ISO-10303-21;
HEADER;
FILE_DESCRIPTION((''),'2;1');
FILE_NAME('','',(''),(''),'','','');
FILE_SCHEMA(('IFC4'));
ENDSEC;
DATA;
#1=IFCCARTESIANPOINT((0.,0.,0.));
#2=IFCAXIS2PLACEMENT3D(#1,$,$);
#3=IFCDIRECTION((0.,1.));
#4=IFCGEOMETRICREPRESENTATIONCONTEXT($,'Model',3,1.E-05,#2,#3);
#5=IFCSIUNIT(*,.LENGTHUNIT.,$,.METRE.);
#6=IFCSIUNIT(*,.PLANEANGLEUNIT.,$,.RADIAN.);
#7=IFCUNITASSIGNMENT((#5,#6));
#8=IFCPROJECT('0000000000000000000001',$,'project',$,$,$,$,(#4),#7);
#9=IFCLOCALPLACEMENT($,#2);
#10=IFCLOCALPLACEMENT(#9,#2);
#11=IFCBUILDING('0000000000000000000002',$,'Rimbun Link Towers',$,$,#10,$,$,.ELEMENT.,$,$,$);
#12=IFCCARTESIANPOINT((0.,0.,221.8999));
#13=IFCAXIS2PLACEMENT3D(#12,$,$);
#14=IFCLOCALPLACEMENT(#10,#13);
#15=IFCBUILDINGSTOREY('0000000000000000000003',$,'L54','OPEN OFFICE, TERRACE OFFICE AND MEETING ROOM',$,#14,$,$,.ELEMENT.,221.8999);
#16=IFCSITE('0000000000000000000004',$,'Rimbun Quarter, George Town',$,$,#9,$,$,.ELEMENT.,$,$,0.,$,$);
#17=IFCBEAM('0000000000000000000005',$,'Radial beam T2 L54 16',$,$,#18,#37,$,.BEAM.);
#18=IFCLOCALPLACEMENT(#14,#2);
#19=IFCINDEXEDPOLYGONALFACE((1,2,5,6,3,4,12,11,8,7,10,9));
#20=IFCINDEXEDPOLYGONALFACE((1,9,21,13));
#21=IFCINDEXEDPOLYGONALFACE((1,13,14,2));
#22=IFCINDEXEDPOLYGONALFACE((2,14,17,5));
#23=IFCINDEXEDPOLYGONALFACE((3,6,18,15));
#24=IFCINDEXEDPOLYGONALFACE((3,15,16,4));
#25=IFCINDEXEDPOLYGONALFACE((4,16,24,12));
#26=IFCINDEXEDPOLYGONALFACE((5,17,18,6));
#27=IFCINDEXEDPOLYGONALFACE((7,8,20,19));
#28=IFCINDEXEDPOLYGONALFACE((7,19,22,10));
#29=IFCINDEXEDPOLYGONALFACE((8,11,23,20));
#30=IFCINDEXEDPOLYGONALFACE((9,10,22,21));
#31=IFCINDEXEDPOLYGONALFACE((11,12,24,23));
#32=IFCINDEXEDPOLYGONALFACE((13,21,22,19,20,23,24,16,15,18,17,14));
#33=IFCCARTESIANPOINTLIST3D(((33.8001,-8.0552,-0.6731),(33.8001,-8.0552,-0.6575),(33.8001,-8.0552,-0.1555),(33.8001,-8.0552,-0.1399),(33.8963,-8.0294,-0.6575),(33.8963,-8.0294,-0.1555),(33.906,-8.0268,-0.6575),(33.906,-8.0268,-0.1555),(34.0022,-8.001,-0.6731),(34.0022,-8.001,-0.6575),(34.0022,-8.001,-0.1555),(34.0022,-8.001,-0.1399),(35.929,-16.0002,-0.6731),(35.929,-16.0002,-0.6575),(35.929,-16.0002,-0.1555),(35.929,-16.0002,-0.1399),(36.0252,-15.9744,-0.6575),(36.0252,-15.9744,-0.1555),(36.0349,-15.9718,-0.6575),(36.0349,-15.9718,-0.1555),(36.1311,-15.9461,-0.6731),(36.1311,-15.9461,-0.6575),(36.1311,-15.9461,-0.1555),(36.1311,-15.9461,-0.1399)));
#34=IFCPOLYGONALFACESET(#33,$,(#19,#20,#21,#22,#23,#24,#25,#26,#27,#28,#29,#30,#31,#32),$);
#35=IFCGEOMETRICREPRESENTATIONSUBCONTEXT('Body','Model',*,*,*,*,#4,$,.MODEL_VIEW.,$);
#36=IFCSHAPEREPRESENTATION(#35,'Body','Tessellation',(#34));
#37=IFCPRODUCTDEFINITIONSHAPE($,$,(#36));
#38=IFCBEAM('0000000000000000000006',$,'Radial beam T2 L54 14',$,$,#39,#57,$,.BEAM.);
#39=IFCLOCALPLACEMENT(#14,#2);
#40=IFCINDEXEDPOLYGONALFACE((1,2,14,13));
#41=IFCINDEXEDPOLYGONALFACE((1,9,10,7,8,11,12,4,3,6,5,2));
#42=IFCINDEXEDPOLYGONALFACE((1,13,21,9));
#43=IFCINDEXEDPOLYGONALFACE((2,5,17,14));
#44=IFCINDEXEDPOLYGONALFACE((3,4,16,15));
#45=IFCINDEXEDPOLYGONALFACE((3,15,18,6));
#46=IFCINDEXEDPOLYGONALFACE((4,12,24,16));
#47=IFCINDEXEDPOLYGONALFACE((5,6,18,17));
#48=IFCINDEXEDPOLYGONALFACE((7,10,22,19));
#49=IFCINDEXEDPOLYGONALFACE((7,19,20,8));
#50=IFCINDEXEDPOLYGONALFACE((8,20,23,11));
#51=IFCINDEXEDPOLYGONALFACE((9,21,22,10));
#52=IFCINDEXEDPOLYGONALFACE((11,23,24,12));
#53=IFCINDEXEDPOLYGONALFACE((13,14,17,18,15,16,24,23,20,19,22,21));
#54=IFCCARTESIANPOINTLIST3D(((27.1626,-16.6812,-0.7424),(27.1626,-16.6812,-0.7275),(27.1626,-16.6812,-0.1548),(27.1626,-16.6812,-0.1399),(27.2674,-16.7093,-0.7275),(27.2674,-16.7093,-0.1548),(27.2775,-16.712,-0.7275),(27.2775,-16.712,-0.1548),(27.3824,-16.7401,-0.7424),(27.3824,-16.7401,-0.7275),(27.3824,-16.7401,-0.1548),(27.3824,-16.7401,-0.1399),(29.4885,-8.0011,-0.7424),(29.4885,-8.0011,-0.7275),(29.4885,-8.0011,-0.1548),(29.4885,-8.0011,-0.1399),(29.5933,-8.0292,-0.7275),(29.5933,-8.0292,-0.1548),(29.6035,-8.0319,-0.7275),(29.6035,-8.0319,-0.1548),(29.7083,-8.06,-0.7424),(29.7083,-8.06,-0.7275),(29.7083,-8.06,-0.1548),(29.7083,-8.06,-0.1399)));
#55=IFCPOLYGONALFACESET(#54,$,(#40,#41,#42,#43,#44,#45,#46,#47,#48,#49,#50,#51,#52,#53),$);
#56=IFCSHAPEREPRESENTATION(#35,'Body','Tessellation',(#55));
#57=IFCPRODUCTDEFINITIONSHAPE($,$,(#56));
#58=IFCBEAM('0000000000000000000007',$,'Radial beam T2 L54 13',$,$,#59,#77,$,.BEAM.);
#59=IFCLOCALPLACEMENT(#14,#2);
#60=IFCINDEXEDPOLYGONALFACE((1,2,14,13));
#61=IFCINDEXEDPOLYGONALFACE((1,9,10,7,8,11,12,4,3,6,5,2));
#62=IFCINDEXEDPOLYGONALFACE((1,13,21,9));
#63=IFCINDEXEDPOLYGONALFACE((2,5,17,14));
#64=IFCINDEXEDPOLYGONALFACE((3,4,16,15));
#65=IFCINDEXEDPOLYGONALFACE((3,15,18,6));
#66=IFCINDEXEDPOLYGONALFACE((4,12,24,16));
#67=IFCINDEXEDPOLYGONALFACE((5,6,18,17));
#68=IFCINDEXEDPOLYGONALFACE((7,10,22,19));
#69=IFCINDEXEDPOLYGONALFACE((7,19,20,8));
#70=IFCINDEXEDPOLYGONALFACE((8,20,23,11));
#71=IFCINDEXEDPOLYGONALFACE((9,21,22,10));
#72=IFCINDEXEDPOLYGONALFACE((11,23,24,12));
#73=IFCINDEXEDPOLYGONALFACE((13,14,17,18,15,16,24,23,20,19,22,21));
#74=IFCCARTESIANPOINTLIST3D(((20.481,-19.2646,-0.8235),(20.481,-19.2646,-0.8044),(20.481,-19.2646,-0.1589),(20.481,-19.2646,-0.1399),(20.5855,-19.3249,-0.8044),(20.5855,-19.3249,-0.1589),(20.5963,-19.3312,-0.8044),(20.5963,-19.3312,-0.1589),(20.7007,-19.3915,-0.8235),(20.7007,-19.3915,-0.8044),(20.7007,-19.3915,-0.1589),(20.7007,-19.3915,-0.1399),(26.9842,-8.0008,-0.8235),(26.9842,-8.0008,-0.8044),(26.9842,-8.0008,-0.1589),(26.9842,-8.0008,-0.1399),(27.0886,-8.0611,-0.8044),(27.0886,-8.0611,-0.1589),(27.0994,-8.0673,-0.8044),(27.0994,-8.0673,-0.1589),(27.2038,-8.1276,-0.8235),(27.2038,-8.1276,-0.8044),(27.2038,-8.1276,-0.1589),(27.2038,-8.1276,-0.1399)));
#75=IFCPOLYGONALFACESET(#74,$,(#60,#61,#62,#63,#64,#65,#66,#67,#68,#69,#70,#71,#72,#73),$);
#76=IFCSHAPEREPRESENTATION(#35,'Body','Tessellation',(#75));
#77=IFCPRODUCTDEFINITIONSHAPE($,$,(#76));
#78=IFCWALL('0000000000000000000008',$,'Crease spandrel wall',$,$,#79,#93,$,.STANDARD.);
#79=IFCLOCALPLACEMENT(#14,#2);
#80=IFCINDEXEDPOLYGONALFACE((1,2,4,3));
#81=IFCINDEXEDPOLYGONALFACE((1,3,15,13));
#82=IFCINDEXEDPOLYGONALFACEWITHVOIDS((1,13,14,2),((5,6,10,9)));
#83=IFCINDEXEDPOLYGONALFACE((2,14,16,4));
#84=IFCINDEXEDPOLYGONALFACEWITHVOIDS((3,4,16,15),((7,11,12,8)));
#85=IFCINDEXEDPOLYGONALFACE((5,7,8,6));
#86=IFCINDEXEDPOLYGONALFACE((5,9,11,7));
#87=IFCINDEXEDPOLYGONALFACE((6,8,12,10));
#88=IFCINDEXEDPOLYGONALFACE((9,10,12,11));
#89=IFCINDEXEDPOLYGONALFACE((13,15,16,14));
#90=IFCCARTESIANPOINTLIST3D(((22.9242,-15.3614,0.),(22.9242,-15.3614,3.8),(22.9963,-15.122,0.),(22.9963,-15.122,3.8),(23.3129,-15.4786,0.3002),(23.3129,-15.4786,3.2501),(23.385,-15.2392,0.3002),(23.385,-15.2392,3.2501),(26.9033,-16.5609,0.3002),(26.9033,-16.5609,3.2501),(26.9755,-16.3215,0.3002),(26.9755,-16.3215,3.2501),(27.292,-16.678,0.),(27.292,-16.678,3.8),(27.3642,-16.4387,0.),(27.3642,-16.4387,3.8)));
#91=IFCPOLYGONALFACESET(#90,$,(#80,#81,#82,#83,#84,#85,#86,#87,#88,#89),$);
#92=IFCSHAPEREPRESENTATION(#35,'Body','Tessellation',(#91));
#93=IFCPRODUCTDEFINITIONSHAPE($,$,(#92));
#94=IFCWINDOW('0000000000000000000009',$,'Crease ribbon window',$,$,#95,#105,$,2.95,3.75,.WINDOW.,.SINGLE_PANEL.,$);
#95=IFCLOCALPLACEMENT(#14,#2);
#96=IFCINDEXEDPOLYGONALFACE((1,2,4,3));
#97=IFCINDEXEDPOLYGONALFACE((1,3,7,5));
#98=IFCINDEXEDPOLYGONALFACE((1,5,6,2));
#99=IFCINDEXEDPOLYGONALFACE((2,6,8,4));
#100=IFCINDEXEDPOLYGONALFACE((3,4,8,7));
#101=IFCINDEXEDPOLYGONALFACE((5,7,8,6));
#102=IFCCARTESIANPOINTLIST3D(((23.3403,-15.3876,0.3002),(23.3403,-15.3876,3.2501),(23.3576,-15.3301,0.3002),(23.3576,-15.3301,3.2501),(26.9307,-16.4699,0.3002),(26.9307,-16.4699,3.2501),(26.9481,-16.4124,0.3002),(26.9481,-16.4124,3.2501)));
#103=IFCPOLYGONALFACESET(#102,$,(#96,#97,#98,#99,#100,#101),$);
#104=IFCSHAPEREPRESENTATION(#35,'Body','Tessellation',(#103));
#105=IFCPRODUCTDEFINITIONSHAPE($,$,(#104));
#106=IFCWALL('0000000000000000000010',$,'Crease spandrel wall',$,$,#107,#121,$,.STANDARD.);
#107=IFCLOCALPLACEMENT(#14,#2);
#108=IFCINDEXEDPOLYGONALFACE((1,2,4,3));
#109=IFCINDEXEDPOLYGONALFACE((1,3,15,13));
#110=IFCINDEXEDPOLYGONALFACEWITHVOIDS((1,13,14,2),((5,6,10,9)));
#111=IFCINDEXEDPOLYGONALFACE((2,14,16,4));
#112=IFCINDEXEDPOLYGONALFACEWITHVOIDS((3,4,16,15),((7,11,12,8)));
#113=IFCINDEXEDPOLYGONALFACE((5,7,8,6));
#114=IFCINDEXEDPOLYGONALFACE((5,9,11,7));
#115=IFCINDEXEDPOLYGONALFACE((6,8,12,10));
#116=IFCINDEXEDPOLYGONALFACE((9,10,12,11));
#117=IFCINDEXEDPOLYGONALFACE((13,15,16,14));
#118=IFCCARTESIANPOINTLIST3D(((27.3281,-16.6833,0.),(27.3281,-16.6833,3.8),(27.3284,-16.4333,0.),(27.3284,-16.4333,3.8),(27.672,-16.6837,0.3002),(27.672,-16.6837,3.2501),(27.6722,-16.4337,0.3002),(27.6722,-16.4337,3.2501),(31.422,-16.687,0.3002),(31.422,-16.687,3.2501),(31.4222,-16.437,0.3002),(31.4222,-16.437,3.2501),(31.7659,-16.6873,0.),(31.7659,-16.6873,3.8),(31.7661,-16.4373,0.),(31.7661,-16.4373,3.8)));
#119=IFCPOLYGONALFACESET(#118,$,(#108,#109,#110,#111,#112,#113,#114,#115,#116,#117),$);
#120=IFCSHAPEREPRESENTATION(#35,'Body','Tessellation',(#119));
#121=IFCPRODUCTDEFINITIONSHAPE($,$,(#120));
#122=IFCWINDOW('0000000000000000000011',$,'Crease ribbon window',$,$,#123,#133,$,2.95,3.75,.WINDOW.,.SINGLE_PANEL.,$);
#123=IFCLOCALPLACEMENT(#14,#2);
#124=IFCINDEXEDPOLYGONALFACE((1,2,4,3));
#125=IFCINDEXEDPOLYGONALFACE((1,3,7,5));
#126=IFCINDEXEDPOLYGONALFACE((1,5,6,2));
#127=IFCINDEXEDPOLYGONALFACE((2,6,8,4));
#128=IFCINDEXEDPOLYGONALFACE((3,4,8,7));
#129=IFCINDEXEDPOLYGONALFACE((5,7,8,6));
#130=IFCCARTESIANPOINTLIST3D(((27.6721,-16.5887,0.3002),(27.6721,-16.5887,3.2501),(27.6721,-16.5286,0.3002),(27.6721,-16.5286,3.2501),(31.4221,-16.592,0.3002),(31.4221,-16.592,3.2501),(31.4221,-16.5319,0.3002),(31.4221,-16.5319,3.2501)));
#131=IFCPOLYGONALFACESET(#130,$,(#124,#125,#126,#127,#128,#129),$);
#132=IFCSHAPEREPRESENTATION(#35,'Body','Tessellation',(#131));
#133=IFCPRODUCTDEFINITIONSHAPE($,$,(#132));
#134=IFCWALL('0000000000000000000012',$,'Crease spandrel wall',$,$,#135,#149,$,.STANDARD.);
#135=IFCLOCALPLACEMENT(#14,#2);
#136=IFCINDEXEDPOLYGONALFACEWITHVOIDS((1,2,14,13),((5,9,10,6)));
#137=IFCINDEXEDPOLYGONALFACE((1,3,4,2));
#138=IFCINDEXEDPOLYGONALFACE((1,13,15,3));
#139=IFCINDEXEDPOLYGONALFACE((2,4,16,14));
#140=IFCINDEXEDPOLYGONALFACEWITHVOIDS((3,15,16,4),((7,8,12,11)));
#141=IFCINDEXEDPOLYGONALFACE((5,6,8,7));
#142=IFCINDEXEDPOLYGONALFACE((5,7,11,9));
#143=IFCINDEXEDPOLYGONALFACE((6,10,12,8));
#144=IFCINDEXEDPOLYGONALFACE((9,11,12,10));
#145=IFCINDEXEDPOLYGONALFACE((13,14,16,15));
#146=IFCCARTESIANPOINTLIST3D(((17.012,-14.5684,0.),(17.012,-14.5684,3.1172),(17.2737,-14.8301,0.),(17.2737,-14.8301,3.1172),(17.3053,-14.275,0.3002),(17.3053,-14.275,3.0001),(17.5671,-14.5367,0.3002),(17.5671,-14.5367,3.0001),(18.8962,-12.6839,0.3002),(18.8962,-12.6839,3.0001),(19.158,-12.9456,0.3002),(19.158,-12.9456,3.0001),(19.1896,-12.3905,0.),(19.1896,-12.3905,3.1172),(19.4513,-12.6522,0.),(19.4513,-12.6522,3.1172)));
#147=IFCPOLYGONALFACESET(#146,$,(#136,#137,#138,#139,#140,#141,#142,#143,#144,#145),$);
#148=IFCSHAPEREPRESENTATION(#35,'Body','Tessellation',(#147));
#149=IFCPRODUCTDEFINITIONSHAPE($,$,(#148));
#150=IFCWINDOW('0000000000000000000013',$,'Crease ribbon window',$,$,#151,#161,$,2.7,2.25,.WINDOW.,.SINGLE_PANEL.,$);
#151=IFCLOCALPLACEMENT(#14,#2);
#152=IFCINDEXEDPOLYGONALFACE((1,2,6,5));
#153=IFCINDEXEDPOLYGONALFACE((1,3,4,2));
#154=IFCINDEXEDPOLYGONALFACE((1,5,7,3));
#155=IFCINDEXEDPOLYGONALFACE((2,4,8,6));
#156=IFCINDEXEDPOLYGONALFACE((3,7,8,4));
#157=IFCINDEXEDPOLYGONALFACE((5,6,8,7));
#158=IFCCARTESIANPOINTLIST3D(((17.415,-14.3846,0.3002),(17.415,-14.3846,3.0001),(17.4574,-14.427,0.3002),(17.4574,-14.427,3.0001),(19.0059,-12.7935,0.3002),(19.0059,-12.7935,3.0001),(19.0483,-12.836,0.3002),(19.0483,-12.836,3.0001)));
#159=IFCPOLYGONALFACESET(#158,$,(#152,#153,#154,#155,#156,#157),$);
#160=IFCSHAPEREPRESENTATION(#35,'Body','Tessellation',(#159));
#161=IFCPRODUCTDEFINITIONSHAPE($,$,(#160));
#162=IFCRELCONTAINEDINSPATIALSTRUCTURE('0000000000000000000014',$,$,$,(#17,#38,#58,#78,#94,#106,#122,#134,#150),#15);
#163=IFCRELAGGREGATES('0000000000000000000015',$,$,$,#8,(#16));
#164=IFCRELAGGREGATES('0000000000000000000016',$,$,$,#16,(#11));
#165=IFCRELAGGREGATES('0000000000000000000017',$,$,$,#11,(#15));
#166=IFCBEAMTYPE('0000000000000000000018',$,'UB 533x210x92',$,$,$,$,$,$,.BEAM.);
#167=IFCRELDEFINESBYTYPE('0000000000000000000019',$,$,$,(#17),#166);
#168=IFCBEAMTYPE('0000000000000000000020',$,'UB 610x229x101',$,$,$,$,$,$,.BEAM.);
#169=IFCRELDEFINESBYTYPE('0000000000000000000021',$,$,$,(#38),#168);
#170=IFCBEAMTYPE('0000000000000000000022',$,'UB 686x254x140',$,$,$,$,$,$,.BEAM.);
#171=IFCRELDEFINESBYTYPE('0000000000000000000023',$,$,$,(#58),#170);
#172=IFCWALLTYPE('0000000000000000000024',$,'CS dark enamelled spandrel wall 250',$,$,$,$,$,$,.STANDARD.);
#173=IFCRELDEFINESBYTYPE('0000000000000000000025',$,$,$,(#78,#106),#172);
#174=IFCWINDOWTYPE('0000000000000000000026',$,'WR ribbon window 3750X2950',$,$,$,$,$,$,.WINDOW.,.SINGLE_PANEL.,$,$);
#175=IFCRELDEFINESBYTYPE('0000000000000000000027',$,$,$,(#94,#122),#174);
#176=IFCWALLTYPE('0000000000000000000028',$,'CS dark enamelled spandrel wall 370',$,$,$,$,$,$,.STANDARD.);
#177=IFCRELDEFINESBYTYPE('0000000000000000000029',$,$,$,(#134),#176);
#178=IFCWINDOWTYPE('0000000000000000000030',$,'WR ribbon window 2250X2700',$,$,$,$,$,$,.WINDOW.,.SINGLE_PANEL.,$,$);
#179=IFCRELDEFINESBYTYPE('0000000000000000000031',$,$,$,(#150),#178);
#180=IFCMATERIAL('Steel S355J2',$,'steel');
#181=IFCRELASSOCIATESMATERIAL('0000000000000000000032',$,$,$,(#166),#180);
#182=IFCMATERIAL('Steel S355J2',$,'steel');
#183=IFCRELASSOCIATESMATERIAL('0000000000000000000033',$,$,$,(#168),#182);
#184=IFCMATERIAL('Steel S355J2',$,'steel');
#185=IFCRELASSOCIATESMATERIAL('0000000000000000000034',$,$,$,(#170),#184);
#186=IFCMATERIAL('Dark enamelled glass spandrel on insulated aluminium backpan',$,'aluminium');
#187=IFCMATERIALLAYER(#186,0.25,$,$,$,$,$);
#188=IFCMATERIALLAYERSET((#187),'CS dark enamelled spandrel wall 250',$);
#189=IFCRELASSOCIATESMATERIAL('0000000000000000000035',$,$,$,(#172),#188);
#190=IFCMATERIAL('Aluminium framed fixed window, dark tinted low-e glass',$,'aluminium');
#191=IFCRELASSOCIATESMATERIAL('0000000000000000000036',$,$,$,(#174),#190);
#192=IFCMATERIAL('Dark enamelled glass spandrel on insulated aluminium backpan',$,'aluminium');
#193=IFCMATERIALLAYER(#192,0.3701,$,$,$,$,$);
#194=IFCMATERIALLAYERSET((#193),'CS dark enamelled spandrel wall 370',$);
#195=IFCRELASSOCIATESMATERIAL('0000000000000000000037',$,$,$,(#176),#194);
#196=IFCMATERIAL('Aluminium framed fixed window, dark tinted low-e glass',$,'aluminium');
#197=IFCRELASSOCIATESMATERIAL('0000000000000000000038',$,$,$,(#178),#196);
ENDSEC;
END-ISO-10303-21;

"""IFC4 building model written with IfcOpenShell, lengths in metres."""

from ifc_helpers import new_model, si_unit, direction, frame, frame_2d, origin, origin_2d, place, context, subcontext, project, spatial, rectangle, i_section, extrude, material, layer, layer_set, material_profile, profile_set, type_object, element, fill, save


model = new_model("IFC4")

# Units and contexts
model_context = context("Model", 3, precision=1e-05, world=origin(), true_north=direction((0.0, 1.0)))
body_context = subcontext(model_context, "Body", "Model", "MODEL_VIEW")
ifc_project = project(units=[si_unit("LENGTHUNIT", "METRE"), si_unit("PLANEANGLEUNIT", "RADIAN")], contexts=[model_context])

# Site, building, storey
site_placement = place(None, origin())
site = spatial("IfcSite", under=ifc_project, at=site_placement, Name="Rimbun Quarter, George Town", CompositionType="ELEMENT", RefElevation=0.0)
building_placement = place(site_placement, origin())
building = spatial("IfcBuilding", under=site, at=building_placement, Name="Rimbun Link Towers", CompositionType="ELEMENT")
storey_placement = place(building_placement, frame((0.0, 0.0, 221.8999)))
storey = spatial("IfcBuildingStorey", under=building, at=storey_placement, Name="L54", Description="OPEN OFFICE, TERRACE OFFICE AND MEETING ROOM", CompositionType="ELEMENT", Elevation=221.8999)

# Beams
ifc_material_1 = material(Name="Steel S355J2", Category="steel")
ifc_material_profile_1 = material_profile(ifc_material_1, i_section(OverallWidth=0.2092, OverallDepth=0.5332, WebThickness=0.01, FlangeThickness=0.0156, at=origin_2d()), Name="UB 533x210x92")
ifc_profile_set_1 = profile_set([ifc_material_profile_1], Name="Steel S355J2")
beam_type_1 = type_object("IfcBeamType", Name="UB 533x210x92", PredefinedType="BEAM", material=ifc_profile_set_1)
beam_1_placement = place(storey_placement, frame((33.9011, -8.0281, -0.4065), z_axis=(0.258823, -0.965925, 0.0), x_axis=(0.965925, 0.258823, 0.0)))
element("IfcBeam", 1, at=beam_1_placement, inside=storey, type_object=beam_type_1, Name="Radial beam T2 L54 16", PredefinedType="BEAM", context=body_context, shape_type="SweptSolid", body=[
    extrude(i_section(OverallWidth=0.2092, OverallDepth=0.5332, WebThickness=0.01, FlangeThickness=0.0156, at=origin_2d()), origin(), (0.0, 0.0, 1.0), 8.2253),
])
ifc_material_2 = material(Name="Steel S355J2", Category="steel")
ifc_material_profile_2 = material_profile(ifc_material_2, i_section(OverallWidth=0.2275, OverallDepth=0.6025, WebThickness=0.0105, FlangeThickness=0.0149, at=origin_2d()), Name="UB 610x229x101")
ifc_profile_set_2 = profile_set([ifc_material_profile_2], Name="Steel S355J2")
beam_type_2 = type_object("IfcBeamType", Name="UB 610x229x101", PredefinedType="BEAM", material=ifc_profile_set_2)
beam_2_placement = place(storey_placement, frame((29.5984, -8.0305, -0.4412), z_axis=(-0.258828, -0.965924, 0.0), x_axis=(0.965924, -0.258828, 0.0)))
element("IfcBeam", 2, at=beam_2_placement, inside=storey, type_object=beam_type_2, Name="Radial beam T2 L54 14", PredefinedType="BEAM", context=body_context, shape_type="SweptSolid", body=[
    extrude(i_section(OverallWidth=0.2275, OverallDepth=0.6025, WebThickness=0.0105, FlangeThickness=0.0149, at=origin_2d()), origin(), (0.0, 0.0, 1.0), 8.9863),
])
ifc_material_3 = material(Name="Steel S355J2", Category="steel")
ifc_material_profile_3 = material_profile(ifc_material_3, i_section(OverallWidth=0.2537, OverallDepth=0.6836, WebThickness=0.0125, FlangeThickness=0.019, at=origin_2d()), Name="UB 686x254x140")
ifc_profile_set_3 = profile_set([ifc_material_profile_3], Name="Steel S355J2")
beam_type_3 = type_object("IfcBeamType", Name="UB 686x254x140", PredefinedType="BEAM", material=ifc_profile_set_3)
beam_3_placement = place(storey_placement, frame((27.094, -8.0642, -0.4817), z_axis=(-0.499997, -0.866027, 0.0), x_axis=(0.866027, -0.499997, 0.0)))
element("IfcBeam", 3, at=beam_3_placement, inside=storey, type_object=beam_type_3, Name="Radial beam T2 L54 13", PredefinedType="BEAM", context=body_context, shape_type="SweptSolid", body=[
    extrude(i_section(OverallWidth=0.2537, OverallDepth=0.6836, WebThickness=0.0125, FlangeThickness=0.019, at=origin_2d()), origin(), (0.0, 0.0, 1.0), 13.0063),
])

# Shared definitions
ifc_material_4 = material(Name="Dark enamelled glass spandrel on insulated aluminium backpan", Category="aluminium")
ifc_layer_1 = layer(ifc_material_4, 0.25)
ifc_layer_set_1 = layer_set([ifc_layer_1], Name="CS dark enamelled spandrel wall 250")
wall_type_1 = type_object("IfcWallType", Name="CS dark enamelled spandrel wall 250", PredefinedType="STANDARD", material=ifc_layer_set_1)

# Walls, openings, windows
wall_1_placement = place(storey_placement, frame((27.3281, -16.5583, 0.0), z_axis=(0.0, 0.0, 1.0), x_axis=(-0.957447, 0.288609, 0.0)))
wall_1 = element("IfcWall", 4, at=wall_1_placement, inside=storey, type_object=wall_type_1, Name="Crease spandrel wall", PredefinedType="STANDARD", context=body_context, shape_type="SweptSolid", body=[
    extrude(rectangle(XDim=4.562, YDim=0.25, at=frame_2d((2.281, 0.0))), origin(), (0.0, 0.0, 1.0), 3.8),
])
opening_1_placement = place(wall_1_placement, frame((0.406, 0.0, 0.3)))
opening_1 = element("IfcOpeningElement", 5, at=opening_1_placement, cuts=wall_1, PredefinedType="OPENING", context=body_context, shape_type="SweptSolid", body=[
    extrude(rectangle(XDim=3.75, YDim=2.95, at=frame_2d((1.875, 1.4751))), frame((0.0, 0.135, 0.0), z_axis=(0.0, -1.0, 0.0), x_axis=(1.0, 0.0, 0.0)), (0.0, 0.0, 1.0), 0.27),
])
ifc_material_5 = material(Name="Aluminium framed fixed window, dark tinted low-e glass", Category="aluminium")
window_type_1 = type_object("IfcWindowType", Name="WR ribbon window 3750X2950", PartitioningType="SINGLE_PANEL", PredefinedType="WINDOW", material=ifc_material_5)
window_1_placement = place(opening_1_placement, origin())
window_1 = element("IfcWindow", 6, at=window_1_placement, inside=storey, type_object=window_type_1, Name="Crease ribbon window", OverallHeight=2.95, OverallWidth=3.75, PartitioningType="SINGLE_PANEL", PredefinedType="WINDOW", context=body_context, shape_type="SweptSolid", body=[
    extrude(rectangle(XDim=3.75, YDim=2.95, at=frame_2d((1.875, 1.4751))), frame((0.0, 0.03, 0.0), z_axis=(0.0, -1.0, 0.0), x_axis=(1.0, 0.0, 0.0)), (0.0, 0.0, 1.0), 0.0601),
])
fill(opening_1, window_1)
wall_2_placement = place(storey_placement, frame((31.7659, -16.5623, 0.0), z_axis=(0.0, 0.0, 1.0), x_axis=(-1.0, 0.00088, 0.0)))
wall_2 = element("IfcWall", 7, at=wall_2_placement, inside=storey, type_object=wall_type_1, Name="Crease spandrel wall", PredefinedType="STANDARD", context=body_context, shape_type="SweptSolid", body=[
    extrude(rectangle(XDim=4.4377, YDim=0.25, at=frame_2d((2.2188, 0.0))), origin(), (0.0, 0.0, 1.0), 3.8),
])
opening_2_placement = place(wall_2_placement, frame((0.3438, 0.0, 0.3)))
opening_2 = element("IfcOpeningElement", 8, at=opening_2_placement, cuts=wall_2, PredefinedType="OPENING", context=body_context, shape_type="SweptSolid", body=[
    extrude(rectangle(XDim=3.75, YDim=2.95, at=frame_2d((1.875, 1.4751))), frame((0.0, 0.135, 0.0), z_axis=(0.0, -1.0, 0.0), x_axis=(1.0, 0.0, 0.0)), (0.0, 0.0, 1.0), 0.27),
])
window_2_placement = place(opening_2_placement, origin())
window_2 = element("IfcWindow", 9, at=window_2_placement, inside=storey, type_object=window_type_1, Name="Crease ribbon window", OverallHeight=2.95, OverallWidth=3.75, PartitioningType="SINGLE_PANEL", PredefinedType="WINDOW", context=body_context, shape_type="SweptSolid", body=[
    extrude(rectangle(XDim=3.75, YDim=2.95, at=frame_2d((1.875, 1.4751))), frame((0.0, 0.03, 0.0), z_axis=(0.0, -1.0, 0.0), x_axis=(1.0, 0.0, 0.0)), (0.0, 0.0, 1.0), 0.0601),
])
fill(opening_2, window_2)
ifc_material_6 = material(Name="Dark enamelled glass spandrel on insulated aluminium backpan", Category="aluminium")
ifc_layer_2 = layer(ifc_material_6, 0.3701)
ifc_layer_set_2 = layer_set([ifc_layer_2], Name="CS dark enamelled spandrel wall 370")
wall_type_2 = type_object("IfcWallType", Name="CS dark enamelled spandrel wall 370", PredefinedType="STANDARD", material=ifc_layer_set_2)
wall_3_placement = place(storey_placement, frame((19.3206, -12.5212, 0.0), z_axis=(0.0, 0.0, 1.0), x_axis=(-0.707067, -0.707146, 0.0)))
wall_3 = element("IfcWall", 10, at=wall_3_placement, inside=storey, type_object=wall_type_2, Name="Crease spandrel wall", PredefinedType="STANDARD", context=body_context, shape_type="SweptSolid", body=[
    extrude(rectangle(XDim=3.0798, YDim=0.3701, at=frame_2d((1.54, 0.0))), origin(), (0.0, 0.0, 1.0), 3.1172),
])
opening_3_placement = place(wall_3_placement, frame((0.415, 0.0, 0.3)))
opening_3 = element("IfcOpeningElement", 11, at=opening_3_placement, cuts=wall_3, PredefinedType="OPENING", context=body_context, shape_type="SweptSolid", body=[
    extrude(rectangle(XDim=2.25, YDim=2.7, at=frame_2d((1.125, 1.3501))), frame((0.0, 0.1951, 0.0), z_axis=(0.0, -1.0, 0.0), x_axis=(1.0, 0.0, 0.0)), (0.0, 0.0, 1.0), 0.3901),
])
ifc_material_7 = material(Name="Aluminium framed fixed window, dark tinted low-e glass", Category="aluminium")
window_type_2 = type_object("IfcWindowType", Name="WR ribbon window 2250X2700", PartitioningType="SINGLE_PANEL", PredefinedType="WINDOW", material=ifc_material_7)
window_3_placement = place(opening_3_placement, origin())
window_3 = element("IfcWindow", 12, at=window_3_placement, inside=storey, type_object=window_type_2, Name="Crease ribbon window", OverallHeight=2.7, OverallWidth=2.25, PartitioningType="SINGLE_PANEL", PredefinedType="WINDOW", context=body_context, shape_type="SweptSolid", body=[
    extrude(rectangle(XDim=2.25, YDim=2.7, at=frame_2d((1.125, 1.3501))), frame((0.0, 0.03, 0.0), z_axis=(0.0, -1.0, 0.0), x_axis=(1.0, 0.0, 0.0)), (0.0, 0.0, 1.0), 0.0601),
])
fill(opening_3, window_3)

save(model, "model.ifc")
